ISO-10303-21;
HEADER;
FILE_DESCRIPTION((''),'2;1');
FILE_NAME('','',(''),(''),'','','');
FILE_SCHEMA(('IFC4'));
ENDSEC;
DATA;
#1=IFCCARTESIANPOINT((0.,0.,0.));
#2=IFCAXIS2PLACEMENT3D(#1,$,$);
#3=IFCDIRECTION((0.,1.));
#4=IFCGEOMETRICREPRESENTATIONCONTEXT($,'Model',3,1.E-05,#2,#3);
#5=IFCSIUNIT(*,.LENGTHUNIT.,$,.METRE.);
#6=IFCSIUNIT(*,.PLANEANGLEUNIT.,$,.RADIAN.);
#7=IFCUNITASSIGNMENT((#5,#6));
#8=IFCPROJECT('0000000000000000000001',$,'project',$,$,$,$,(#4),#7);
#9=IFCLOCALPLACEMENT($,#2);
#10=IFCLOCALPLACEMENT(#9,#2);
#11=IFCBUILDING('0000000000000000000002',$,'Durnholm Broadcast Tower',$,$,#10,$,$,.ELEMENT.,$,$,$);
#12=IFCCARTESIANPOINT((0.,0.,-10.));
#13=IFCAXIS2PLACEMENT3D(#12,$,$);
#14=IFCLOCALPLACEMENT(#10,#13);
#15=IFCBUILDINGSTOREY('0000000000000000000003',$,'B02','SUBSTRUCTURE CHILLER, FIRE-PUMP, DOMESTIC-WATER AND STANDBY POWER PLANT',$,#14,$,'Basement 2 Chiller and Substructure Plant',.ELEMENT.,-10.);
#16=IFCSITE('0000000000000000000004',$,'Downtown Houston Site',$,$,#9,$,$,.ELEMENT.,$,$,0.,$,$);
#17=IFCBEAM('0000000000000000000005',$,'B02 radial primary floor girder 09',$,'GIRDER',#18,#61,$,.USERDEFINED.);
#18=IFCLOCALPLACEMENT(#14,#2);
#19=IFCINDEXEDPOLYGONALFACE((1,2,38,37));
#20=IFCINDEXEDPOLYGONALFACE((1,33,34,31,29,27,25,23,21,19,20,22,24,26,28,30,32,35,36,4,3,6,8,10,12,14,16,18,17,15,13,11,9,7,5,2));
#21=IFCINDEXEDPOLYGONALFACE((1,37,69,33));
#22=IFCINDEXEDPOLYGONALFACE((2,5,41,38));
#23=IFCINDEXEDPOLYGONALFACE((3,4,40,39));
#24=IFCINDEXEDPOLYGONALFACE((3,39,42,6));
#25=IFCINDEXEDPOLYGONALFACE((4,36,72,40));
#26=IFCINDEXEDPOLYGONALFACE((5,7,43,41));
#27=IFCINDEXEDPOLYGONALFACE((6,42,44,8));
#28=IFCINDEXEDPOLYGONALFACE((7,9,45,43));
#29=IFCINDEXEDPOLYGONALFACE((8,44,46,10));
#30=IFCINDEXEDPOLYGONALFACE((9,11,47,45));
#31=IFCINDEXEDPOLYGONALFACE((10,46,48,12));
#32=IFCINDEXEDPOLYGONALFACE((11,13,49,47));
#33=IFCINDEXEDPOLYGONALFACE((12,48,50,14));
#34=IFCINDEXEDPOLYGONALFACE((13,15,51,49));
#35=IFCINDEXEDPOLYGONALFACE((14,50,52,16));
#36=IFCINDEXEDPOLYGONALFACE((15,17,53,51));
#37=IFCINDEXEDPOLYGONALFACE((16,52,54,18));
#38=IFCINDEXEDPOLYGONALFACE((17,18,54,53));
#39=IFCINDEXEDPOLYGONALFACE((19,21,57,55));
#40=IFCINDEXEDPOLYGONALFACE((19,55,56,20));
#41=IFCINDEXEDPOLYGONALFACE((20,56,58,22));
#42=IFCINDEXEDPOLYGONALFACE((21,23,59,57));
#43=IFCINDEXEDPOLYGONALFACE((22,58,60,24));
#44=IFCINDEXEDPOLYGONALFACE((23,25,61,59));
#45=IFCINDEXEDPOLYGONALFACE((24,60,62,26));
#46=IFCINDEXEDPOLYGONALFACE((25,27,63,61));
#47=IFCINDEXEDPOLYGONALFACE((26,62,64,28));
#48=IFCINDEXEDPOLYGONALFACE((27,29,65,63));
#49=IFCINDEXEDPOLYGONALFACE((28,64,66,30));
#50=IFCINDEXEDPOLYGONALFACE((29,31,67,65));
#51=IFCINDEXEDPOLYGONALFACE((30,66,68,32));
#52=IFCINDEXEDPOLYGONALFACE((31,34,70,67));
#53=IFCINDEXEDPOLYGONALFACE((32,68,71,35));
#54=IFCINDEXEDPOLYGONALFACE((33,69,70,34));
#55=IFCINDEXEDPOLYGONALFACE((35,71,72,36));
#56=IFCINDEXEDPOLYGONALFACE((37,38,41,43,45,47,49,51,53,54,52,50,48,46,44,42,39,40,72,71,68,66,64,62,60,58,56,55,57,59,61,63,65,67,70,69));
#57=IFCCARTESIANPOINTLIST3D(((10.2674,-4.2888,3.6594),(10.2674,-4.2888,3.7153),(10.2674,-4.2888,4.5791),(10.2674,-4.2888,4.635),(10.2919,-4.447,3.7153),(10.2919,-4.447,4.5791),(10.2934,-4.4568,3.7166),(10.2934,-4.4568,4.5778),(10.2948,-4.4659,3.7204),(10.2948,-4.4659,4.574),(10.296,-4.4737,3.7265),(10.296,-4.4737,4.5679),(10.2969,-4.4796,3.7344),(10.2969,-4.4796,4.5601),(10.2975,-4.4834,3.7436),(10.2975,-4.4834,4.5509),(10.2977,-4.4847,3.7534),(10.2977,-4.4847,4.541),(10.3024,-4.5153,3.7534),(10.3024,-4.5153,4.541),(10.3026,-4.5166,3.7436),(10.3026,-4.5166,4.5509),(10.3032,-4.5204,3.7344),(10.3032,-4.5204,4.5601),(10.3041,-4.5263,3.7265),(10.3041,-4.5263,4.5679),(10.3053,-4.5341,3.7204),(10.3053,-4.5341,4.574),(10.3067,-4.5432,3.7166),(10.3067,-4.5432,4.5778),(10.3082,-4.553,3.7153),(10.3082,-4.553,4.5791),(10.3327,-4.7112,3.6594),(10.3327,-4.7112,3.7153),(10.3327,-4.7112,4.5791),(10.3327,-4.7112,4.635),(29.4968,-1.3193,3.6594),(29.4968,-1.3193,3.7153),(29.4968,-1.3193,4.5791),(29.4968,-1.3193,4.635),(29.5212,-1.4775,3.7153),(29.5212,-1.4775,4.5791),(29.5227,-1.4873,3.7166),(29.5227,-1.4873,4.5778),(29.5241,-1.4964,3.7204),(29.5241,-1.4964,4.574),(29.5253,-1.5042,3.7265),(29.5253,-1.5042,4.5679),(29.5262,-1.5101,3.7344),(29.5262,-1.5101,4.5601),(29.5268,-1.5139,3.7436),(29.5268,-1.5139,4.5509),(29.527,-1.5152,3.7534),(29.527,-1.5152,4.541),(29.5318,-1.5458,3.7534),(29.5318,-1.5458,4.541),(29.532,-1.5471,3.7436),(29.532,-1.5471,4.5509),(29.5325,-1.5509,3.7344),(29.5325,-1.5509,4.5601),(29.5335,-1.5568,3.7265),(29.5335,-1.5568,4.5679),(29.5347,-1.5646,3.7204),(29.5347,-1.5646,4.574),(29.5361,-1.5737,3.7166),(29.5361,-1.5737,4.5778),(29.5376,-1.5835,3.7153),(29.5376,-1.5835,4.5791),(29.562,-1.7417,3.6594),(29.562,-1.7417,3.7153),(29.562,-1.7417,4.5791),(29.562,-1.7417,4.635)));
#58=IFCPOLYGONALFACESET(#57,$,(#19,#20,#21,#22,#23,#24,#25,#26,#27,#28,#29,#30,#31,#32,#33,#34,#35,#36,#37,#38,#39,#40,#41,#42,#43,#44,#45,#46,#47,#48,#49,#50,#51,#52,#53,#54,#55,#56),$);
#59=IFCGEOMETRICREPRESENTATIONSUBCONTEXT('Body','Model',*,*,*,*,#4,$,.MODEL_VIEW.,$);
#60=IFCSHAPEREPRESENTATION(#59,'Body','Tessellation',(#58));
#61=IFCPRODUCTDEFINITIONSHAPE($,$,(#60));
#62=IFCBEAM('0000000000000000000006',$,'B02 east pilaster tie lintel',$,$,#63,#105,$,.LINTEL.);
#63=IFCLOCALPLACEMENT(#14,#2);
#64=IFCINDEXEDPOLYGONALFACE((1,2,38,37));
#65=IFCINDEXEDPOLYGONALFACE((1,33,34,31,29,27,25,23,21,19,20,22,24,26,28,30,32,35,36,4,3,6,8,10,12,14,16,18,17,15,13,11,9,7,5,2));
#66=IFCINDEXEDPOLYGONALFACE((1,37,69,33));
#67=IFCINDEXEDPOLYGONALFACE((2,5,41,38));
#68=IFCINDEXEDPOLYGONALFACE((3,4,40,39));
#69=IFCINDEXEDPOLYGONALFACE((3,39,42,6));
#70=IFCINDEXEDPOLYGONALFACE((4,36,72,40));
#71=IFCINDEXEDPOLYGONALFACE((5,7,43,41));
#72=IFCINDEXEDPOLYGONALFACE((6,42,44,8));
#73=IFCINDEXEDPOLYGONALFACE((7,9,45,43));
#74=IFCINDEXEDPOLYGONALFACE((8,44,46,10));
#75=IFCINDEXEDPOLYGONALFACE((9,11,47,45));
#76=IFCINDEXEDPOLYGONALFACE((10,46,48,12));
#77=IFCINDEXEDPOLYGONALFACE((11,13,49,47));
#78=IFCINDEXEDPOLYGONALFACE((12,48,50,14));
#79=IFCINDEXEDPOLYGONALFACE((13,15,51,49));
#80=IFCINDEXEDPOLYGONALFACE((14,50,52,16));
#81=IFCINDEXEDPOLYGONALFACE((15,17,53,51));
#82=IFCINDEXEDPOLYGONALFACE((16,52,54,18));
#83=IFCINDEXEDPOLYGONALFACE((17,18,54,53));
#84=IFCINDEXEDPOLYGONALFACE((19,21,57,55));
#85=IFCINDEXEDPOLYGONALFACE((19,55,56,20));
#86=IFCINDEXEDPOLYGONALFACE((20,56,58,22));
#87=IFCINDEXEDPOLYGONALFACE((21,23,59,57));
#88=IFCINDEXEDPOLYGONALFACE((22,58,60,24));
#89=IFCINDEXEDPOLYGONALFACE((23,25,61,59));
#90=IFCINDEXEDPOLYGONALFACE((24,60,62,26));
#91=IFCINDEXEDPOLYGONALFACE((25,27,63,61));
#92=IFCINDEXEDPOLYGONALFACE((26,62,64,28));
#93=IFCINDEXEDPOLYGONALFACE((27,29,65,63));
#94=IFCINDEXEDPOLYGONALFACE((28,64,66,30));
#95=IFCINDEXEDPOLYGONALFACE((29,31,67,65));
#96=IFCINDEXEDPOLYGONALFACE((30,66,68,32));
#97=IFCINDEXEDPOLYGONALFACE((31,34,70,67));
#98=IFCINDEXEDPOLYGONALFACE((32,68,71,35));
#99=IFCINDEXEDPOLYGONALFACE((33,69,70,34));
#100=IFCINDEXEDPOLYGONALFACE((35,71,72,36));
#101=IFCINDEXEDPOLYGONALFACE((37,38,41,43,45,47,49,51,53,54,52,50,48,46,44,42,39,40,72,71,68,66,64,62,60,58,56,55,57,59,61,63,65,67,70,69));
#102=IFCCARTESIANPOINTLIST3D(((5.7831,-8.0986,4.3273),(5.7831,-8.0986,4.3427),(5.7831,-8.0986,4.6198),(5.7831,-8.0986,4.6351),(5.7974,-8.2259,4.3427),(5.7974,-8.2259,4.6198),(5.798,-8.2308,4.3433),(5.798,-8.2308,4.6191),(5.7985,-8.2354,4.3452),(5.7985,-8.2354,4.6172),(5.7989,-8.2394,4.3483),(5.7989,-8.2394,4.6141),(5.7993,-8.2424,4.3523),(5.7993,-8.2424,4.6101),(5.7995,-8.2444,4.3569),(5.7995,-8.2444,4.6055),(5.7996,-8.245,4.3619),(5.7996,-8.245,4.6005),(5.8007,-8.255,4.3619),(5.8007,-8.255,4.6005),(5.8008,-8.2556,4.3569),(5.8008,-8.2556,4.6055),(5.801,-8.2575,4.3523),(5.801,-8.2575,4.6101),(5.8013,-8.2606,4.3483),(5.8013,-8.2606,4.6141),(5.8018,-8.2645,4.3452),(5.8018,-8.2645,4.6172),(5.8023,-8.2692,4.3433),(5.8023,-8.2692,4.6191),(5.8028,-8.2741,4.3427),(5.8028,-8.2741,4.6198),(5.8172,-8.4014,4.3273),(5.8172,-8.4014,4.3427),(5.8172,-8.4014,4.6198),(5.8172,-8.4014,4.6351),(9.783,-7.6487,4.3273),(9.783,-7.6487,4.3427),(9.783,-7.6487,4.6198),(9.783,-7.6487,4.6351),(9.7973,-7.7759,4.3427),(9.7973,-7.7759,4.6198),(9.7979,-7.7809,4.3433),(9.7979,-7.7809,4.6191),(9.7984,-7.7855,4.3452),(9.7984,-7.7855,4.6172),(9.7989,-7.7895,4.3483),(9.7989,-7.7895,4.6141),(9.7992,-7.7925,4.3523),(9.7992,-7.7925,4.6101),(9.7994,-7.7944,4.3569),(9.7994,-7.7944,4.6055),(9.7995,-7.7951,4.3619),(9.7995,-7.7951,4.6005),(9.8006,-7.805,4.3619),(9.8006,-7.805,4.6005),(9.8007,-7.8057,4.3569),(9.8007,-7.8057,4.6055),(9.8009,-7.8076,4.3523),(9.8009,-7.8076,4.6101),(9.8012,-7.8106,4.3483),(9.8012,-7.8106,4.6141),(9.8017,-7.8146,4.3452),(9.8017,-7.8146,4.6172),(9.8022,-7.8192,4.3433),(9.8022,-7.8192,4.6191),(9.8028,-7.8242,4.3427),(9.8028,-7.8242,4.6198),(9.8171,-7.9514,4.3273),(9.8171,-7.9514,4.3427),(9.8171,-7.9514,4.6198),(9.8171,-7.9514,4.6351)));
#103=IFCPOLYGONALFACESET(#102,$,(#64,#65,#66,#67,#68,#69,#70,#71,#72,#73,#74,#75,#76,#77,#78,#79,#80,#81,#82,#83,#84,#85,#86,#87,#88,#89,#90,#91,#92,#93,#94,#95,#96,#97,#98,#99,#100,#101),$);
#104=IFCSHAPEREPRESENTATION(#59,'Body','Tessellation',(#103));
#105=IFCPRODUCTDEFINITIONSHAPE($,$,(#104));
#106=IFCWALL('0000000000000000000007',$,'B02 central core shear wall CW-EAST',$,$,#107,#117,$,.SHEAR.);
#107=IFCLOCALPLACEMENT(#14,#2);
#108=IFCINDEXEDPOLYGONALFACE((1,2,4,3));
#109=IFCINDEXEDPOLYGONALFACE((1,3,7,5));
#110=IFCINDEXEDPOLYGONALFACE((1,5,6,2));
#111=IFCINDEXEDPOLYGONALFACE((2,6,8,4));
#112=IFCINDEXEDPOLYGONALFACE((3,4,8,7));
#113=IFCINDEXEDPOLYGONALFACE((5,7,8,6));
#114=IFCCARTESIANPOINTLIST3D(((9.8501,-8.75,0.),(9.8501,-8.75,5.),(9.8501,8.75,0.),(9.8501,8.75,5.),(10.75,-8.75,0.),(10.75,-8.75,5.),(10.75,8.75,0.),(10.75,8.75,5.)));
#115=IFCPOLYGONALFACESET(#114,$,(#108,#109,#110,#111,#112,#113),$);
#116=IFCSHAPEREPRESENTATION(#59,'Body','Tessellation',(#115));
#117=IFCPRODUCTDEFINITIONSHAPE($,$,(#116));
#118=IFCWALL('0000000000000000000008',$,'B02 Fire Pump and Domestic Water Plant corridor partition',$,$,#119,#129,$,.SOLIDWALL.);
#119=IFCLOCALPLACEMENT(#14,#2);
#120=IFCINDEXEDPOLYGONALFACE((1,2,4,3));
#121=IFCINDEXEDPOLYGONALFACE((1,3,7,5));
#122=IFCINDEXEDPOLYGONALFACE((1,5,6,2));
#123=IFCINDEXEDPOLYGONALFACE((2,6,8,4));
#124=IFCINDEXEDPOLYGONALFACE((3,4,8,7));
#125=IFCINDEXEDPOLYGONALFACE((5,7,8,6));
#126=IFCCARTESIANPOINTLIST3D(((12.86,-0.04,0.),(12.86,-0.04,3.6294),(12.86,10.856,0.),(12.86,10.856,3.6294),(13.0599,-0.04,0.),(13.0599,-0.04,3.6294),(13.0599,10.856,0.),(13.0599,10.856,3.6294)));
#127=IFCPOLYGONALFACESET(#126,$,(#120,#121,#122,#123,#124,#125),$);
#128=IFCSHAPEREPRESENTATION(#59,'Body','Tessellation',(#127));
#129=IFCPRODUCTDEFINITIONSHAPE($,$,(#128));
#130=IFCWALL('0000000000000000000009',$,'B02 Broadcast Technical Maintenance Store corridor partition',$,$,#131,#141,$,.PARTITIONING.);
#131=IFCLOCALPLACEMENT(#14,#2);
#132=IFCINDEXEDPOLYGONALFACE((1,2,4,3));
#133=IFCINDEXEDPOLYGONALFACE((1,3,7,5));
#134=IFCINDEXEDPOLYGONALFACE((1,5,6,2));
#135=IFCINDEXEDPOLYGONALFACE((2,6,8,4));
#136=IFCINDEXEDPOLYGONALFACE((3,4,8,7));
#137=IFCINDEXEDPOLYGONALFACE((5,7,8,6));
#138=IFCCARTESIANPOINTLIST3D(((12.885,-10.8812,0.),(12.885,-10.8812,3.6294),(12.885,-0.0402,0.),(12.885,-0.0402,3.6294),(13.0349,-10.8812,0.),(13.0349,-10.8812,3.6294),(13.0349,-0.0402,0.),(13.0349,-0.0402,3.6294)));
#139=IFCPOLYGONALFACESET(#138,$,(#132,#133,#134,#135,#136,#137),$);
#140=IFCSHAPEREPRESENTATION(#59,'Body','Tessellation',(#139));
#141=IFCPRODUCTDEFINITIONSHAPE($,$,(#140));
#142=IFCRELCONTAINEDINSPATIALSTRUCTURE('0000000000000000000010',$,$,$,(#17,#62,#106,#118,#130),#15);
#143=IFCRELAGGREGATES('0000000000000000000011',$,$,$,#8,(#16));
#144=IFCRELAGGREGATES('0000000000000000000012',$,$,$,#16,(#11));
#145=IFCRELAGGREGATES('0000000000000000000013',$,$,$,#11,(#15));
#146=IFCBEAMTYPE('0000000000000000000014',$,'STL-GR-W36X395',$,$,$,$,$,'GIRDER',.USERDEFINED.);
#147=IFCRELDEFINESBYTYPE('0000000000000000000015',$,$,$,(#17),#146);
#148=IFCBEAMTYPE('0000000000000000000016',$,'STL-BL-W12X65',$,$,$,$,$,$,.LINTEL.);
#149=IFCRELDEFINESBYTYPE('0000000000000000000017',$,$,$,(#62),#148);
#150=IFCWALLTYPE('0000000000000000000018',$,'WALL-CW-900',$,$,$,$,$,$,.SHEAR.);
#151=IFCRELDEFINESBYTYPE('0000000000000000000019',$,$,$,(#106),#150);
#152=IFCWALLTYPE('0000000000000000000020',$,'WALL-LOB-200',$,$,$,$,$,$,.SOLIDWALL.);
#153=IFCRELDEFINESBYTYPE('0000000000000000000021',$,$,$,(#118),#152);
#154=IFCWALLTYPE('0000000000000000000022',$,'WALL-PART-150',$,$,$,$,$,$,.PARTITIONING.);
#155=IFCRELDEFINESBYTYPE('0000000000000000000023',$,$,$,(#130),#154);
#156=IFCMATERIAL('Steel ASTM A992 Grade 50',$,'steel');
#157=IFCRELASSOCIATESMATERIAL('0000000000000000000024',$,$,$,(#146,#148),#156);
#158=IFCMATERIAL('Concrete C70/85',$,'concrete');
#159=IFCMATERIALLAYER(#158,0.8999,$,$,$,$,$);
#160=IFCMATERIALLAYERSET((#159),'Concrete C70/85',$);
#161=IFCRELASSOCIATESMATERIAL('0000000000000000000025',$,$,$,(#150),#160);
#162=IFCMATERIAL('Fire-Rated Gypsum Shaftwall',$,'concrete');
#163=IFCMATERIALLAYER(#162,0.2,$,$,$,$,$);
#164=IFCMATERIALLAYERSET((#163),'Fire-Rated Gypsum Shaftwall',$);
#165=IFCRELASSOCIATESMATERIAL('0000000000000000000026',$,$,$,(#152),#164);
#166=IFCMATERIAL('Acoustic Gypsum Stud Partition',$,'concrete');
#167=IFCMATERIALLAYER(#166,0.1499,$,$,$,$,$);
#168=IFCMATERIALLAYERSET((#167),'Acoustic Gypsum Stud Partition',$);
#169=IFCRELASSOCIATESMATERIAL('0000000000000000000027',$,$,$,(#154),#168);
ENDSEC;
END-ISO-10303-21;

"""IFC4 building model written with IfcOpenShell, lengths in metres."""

from ifc_helpers import new_model, si_unit, direction, frame, frame_2d, origin, origin_2d, place, context, subcontext, project, spatial, rectangle, i_section, extrude, source, transform, mapped, material, layer, layer_set, material_profile, profile_set, type_object, type_shapes, element, save


model = new_model("IFC4")

# Units and contexts
model_context = context("Model", 3, precision=1e-05, world=origin(), true_north=direction((0.0, 1.0)))
body_context = subcontext(model_context, "Body", "Model", "MODEL_VIEW")
ifc_project = project(units=[si_unit("LENGTHUNIT", "METRE"), si_unit("PLANEANGLEUNIT", "RADIAN")], contexts=[model_context])

# Site, building, storey
site_placement = place(None, origin())
site = spatial("IfcSite", under=ifc_project, at=site_placement, Name="Downtown Houston Site", CompositionType="ELEMENT", RefElevation=0.0)
building_placement = place(site_placement, origin())
building = spatial("IfcBuilding", under=site, at=building_placement, Name="Durnholm Broadcast Tower", CompositionType="ELEMENT")
storey_placement = place(building_placement, frame((0.0, 0.0, -10.0)))
storey = spatial("IfcBuildingStorey", under=building, at=storey_placement, Name="B02", Description="SUBSTRUCTURE CHILLER, FIRE-PUMP, DOMESTIC-WATER AND STANDBY POWER PLANT", LongName="Basement 2 Chiller and Substructure Plant", CompositionType="ELEMENT", Elevation=-10.0)

# Beams
ifc_material_1 = material(Name="Steel ASTM A992 Grade 50", Category="steel")
ifc_material_profile_1 = material_profile(ifc_material_1, i_section(OverallWidth=0.4275, OverallDepth=0.9756, WebThickness=0.031, FlangeThickness=0.0559, FilletRadius=0.0381, at=origin_2d()), Name="W36X395")
ifc_profile_set_1 = profile_set([ifc_material_profile_1], Name="Steel ASTM A992 Grade 50")
beam_type_1 = type_object("IfcBeamType", Name="STL-GR-W36X395", ElementType="GIRDER", PredefinedType="USERDEFINED", material=ifc_profile_set_1)
shared_shape_1 = source(origin(), body_context, "Body", "SweptSolid", [
    extrude(i_section(OverallWidth=0.4275, OverallDepth=0.9756, WebThickness=0.031, FlangeThickness=0.0559, FilletRadius=0.0381, at=origin_2d()), origin(), (0.0, 0.0, 1.0), 19.4573),
])
type_shapes(beam_type_1, [shared_shape_1])
beam_1_placement = place(storey_placement, frame((10.3, -4.5, 4.1472), z_axis=(0.988286, 0.152616, 0.0), x_axis=(-0.152616, 0.988286, 0.0)))
element("IfcBeam", 1, at=beam_1_placement, inside=storey, type_object=beam_type_1, Name="B02 radial primary floor girder 09", ObjectType="GIRDER", PredefinedType="USERDEFINED", context=body_context, shape_type="MappedRepresentation", body=[
    mapped(shared_shape_1, transform((0.0, 0.0, 0.0), x_axis=(1.0, 0.0, 0.0), y_axis=(0.0, 1.0, 0.0), z_axis=(0.0, 0.0, 1.0), scale=1.0)),
])
ifc_material_profile_2 = material_profile(ifc_material_1, i_section(OverallWidth=0.3047, OverallDepth=0.3079, WebThickness=0.01, FlangeThickness=0.0154, FilletRadius=0.0193, at=origin_2d()), Name="W12X65")
ifc_profile_set_2 = profile_set([ifc_material_profile_2], Name="Steel ASTM A992 Grade 50")
beam_type_2 = type_object("IfcBeamType", Name="STL-BL-W12X65", PredefinedType="LINTEL", material=ifc_profile_set_2)
shared_shape_2 = source(origin(), body_context, "Body", "SweptSolid", [
    extrude(i_section(OverallWidth=0.3047, OverallDepth=0.3079, WebThickness=0.01, FlangeThickness=0.0154, FilletRadius=0.0193, at=origin_2d()), origin(), (0.0, 0.0, 1.0), 4.0251),
])
type_shapes(beam_type_2, [shared_shape_2])
beam_2_placement = place(storey_placement, frame((9.8, -7.8, 4.4812), z_axis=(-0.993733, -0.111783, 0.0), x_axis=(0.111783, -0.993733, 0.0)))
element("IfcBeam", 2, at=beam_2_placement, inside=storey, type_object=beam_type_2, Name="B02 east pilaster tie lintel", PredefinedType="LINTEL", context=body_context, shape_type="MappedRepresentation", body=[
    mapped(shared_shape_2, transform((0.0, 0.0, 0.0), x_axis=(1.0, 0.0, 0.0), y_axis=(0.0, 1.0, 0.0), z_axis=(0.0, 0.0, 1.0), scale=1.0)),
])

# Walls
ifc_material_2 = material(Name="Concrete C70/85", Category="concrete")
ifc_layer_1 = layer(ifc_material_2, 0.8999)
ifc_layer_set_1 = layer_set([ifc_layer_1], Name="Concrete C70/85")
wall_type_1 = type_object("IfcWallType", Name="WALL-CW-900", PredefinedType="SHEAR", material=ifc_layer_set_1)
wall_1_placement = place(storey_placement, frame((10.3, -8.75, 0.0), z_axis=(0.0, 0.0, 1.0), x_axis=(0.0, 1.0, 0.0)))
element("IfcWall", 3, at=wall_1_placement, inside=storey, type_object=wall_type_1, Name="B02 central core shear wall CW-EAST", PredefinedType="SHEAR", context=body_context, shape_type="SweptSolid", body=[
    extrude(rectangle(XDim=17.5, YDim=0.8999, at=frame_2d((8.75, 0.0))), origin(), (0.0, 0.0, 1.0), 5.0),
])
ifc_material_3 = material(Name="Fire-Rated Gypsum Shaftwall", Category="concrete")
ifc_layer_2 = layer(ifc_material_3, 0.2)
ifc_layer_set_2 = layer_set([ifc_layer_2], Name="Fire-Rated Gypsum Shaftwall")
wall_type_2 = type_object("IfcWallType", Name="WALL-LOB-200", PredefinedType="SOLIDWALL", material=ifc_layer_set_2)
wall_2_placement = place(storey_placement, frame((12.96, -0.04, 0.0), z_axis=(0.0, 0.0, 1.0), x_axis=(0.0, 1.0, 0.0)))
element("IfcWall", 4, at=wall_2_placement, inside=storey, type_object=wall_type_2, Name="B02 Fire Pump and Domestic Water Plant corridor partition", PredefinedType="SOLIDWALL", context=body_context, shape_type="SweptSolid", body=[
    extrude(rectangle(XDim=10.896, YDim=0.2, at=frame_2d((5.448, 0.0))), origin(), (0.0, 0.0, 1.0), 3.6294),
])
ifc_material_4 = material(Name="Acoustic Gypsum Stud Partition", Category="concrete")
ifc_layer_3 = layer(ifc_material_4, 0.1499)
ifc_layer_set_3 = layer_set([ifc_layer_3], Name="Acoustic Gypsum Stud Partition")
wall_type_3 = type_object("IfcWallType", Name="WALL-PART-150", PredefinedType="PARTITIONING", material=ifc_layer_set_3)
wall_3_placement = place(storey_placement, frame((12.96, -10.8811, 0.0), z_axis=(0.0, 0.0, 1.0), x_axis=(0.0, 1.0, 0.0)))
element("IfcWall", 5, at=wall_3_placement, inside=storey, type_object=wall_type_3, Name="B02 Broadcast Technical Maintenance Store corridor partition", PredefinedType="PARTITIONING", context=body_context, shape_type="SweptSolid", body=[
    extrude(rectangle(XDim=10.8411, YDim=0.1499, at=frame_2d((5.4204, 0.0))), origin(), (0.0, 0.0, 1.0), 3.6294),
])

save(model, "model.ifc")
